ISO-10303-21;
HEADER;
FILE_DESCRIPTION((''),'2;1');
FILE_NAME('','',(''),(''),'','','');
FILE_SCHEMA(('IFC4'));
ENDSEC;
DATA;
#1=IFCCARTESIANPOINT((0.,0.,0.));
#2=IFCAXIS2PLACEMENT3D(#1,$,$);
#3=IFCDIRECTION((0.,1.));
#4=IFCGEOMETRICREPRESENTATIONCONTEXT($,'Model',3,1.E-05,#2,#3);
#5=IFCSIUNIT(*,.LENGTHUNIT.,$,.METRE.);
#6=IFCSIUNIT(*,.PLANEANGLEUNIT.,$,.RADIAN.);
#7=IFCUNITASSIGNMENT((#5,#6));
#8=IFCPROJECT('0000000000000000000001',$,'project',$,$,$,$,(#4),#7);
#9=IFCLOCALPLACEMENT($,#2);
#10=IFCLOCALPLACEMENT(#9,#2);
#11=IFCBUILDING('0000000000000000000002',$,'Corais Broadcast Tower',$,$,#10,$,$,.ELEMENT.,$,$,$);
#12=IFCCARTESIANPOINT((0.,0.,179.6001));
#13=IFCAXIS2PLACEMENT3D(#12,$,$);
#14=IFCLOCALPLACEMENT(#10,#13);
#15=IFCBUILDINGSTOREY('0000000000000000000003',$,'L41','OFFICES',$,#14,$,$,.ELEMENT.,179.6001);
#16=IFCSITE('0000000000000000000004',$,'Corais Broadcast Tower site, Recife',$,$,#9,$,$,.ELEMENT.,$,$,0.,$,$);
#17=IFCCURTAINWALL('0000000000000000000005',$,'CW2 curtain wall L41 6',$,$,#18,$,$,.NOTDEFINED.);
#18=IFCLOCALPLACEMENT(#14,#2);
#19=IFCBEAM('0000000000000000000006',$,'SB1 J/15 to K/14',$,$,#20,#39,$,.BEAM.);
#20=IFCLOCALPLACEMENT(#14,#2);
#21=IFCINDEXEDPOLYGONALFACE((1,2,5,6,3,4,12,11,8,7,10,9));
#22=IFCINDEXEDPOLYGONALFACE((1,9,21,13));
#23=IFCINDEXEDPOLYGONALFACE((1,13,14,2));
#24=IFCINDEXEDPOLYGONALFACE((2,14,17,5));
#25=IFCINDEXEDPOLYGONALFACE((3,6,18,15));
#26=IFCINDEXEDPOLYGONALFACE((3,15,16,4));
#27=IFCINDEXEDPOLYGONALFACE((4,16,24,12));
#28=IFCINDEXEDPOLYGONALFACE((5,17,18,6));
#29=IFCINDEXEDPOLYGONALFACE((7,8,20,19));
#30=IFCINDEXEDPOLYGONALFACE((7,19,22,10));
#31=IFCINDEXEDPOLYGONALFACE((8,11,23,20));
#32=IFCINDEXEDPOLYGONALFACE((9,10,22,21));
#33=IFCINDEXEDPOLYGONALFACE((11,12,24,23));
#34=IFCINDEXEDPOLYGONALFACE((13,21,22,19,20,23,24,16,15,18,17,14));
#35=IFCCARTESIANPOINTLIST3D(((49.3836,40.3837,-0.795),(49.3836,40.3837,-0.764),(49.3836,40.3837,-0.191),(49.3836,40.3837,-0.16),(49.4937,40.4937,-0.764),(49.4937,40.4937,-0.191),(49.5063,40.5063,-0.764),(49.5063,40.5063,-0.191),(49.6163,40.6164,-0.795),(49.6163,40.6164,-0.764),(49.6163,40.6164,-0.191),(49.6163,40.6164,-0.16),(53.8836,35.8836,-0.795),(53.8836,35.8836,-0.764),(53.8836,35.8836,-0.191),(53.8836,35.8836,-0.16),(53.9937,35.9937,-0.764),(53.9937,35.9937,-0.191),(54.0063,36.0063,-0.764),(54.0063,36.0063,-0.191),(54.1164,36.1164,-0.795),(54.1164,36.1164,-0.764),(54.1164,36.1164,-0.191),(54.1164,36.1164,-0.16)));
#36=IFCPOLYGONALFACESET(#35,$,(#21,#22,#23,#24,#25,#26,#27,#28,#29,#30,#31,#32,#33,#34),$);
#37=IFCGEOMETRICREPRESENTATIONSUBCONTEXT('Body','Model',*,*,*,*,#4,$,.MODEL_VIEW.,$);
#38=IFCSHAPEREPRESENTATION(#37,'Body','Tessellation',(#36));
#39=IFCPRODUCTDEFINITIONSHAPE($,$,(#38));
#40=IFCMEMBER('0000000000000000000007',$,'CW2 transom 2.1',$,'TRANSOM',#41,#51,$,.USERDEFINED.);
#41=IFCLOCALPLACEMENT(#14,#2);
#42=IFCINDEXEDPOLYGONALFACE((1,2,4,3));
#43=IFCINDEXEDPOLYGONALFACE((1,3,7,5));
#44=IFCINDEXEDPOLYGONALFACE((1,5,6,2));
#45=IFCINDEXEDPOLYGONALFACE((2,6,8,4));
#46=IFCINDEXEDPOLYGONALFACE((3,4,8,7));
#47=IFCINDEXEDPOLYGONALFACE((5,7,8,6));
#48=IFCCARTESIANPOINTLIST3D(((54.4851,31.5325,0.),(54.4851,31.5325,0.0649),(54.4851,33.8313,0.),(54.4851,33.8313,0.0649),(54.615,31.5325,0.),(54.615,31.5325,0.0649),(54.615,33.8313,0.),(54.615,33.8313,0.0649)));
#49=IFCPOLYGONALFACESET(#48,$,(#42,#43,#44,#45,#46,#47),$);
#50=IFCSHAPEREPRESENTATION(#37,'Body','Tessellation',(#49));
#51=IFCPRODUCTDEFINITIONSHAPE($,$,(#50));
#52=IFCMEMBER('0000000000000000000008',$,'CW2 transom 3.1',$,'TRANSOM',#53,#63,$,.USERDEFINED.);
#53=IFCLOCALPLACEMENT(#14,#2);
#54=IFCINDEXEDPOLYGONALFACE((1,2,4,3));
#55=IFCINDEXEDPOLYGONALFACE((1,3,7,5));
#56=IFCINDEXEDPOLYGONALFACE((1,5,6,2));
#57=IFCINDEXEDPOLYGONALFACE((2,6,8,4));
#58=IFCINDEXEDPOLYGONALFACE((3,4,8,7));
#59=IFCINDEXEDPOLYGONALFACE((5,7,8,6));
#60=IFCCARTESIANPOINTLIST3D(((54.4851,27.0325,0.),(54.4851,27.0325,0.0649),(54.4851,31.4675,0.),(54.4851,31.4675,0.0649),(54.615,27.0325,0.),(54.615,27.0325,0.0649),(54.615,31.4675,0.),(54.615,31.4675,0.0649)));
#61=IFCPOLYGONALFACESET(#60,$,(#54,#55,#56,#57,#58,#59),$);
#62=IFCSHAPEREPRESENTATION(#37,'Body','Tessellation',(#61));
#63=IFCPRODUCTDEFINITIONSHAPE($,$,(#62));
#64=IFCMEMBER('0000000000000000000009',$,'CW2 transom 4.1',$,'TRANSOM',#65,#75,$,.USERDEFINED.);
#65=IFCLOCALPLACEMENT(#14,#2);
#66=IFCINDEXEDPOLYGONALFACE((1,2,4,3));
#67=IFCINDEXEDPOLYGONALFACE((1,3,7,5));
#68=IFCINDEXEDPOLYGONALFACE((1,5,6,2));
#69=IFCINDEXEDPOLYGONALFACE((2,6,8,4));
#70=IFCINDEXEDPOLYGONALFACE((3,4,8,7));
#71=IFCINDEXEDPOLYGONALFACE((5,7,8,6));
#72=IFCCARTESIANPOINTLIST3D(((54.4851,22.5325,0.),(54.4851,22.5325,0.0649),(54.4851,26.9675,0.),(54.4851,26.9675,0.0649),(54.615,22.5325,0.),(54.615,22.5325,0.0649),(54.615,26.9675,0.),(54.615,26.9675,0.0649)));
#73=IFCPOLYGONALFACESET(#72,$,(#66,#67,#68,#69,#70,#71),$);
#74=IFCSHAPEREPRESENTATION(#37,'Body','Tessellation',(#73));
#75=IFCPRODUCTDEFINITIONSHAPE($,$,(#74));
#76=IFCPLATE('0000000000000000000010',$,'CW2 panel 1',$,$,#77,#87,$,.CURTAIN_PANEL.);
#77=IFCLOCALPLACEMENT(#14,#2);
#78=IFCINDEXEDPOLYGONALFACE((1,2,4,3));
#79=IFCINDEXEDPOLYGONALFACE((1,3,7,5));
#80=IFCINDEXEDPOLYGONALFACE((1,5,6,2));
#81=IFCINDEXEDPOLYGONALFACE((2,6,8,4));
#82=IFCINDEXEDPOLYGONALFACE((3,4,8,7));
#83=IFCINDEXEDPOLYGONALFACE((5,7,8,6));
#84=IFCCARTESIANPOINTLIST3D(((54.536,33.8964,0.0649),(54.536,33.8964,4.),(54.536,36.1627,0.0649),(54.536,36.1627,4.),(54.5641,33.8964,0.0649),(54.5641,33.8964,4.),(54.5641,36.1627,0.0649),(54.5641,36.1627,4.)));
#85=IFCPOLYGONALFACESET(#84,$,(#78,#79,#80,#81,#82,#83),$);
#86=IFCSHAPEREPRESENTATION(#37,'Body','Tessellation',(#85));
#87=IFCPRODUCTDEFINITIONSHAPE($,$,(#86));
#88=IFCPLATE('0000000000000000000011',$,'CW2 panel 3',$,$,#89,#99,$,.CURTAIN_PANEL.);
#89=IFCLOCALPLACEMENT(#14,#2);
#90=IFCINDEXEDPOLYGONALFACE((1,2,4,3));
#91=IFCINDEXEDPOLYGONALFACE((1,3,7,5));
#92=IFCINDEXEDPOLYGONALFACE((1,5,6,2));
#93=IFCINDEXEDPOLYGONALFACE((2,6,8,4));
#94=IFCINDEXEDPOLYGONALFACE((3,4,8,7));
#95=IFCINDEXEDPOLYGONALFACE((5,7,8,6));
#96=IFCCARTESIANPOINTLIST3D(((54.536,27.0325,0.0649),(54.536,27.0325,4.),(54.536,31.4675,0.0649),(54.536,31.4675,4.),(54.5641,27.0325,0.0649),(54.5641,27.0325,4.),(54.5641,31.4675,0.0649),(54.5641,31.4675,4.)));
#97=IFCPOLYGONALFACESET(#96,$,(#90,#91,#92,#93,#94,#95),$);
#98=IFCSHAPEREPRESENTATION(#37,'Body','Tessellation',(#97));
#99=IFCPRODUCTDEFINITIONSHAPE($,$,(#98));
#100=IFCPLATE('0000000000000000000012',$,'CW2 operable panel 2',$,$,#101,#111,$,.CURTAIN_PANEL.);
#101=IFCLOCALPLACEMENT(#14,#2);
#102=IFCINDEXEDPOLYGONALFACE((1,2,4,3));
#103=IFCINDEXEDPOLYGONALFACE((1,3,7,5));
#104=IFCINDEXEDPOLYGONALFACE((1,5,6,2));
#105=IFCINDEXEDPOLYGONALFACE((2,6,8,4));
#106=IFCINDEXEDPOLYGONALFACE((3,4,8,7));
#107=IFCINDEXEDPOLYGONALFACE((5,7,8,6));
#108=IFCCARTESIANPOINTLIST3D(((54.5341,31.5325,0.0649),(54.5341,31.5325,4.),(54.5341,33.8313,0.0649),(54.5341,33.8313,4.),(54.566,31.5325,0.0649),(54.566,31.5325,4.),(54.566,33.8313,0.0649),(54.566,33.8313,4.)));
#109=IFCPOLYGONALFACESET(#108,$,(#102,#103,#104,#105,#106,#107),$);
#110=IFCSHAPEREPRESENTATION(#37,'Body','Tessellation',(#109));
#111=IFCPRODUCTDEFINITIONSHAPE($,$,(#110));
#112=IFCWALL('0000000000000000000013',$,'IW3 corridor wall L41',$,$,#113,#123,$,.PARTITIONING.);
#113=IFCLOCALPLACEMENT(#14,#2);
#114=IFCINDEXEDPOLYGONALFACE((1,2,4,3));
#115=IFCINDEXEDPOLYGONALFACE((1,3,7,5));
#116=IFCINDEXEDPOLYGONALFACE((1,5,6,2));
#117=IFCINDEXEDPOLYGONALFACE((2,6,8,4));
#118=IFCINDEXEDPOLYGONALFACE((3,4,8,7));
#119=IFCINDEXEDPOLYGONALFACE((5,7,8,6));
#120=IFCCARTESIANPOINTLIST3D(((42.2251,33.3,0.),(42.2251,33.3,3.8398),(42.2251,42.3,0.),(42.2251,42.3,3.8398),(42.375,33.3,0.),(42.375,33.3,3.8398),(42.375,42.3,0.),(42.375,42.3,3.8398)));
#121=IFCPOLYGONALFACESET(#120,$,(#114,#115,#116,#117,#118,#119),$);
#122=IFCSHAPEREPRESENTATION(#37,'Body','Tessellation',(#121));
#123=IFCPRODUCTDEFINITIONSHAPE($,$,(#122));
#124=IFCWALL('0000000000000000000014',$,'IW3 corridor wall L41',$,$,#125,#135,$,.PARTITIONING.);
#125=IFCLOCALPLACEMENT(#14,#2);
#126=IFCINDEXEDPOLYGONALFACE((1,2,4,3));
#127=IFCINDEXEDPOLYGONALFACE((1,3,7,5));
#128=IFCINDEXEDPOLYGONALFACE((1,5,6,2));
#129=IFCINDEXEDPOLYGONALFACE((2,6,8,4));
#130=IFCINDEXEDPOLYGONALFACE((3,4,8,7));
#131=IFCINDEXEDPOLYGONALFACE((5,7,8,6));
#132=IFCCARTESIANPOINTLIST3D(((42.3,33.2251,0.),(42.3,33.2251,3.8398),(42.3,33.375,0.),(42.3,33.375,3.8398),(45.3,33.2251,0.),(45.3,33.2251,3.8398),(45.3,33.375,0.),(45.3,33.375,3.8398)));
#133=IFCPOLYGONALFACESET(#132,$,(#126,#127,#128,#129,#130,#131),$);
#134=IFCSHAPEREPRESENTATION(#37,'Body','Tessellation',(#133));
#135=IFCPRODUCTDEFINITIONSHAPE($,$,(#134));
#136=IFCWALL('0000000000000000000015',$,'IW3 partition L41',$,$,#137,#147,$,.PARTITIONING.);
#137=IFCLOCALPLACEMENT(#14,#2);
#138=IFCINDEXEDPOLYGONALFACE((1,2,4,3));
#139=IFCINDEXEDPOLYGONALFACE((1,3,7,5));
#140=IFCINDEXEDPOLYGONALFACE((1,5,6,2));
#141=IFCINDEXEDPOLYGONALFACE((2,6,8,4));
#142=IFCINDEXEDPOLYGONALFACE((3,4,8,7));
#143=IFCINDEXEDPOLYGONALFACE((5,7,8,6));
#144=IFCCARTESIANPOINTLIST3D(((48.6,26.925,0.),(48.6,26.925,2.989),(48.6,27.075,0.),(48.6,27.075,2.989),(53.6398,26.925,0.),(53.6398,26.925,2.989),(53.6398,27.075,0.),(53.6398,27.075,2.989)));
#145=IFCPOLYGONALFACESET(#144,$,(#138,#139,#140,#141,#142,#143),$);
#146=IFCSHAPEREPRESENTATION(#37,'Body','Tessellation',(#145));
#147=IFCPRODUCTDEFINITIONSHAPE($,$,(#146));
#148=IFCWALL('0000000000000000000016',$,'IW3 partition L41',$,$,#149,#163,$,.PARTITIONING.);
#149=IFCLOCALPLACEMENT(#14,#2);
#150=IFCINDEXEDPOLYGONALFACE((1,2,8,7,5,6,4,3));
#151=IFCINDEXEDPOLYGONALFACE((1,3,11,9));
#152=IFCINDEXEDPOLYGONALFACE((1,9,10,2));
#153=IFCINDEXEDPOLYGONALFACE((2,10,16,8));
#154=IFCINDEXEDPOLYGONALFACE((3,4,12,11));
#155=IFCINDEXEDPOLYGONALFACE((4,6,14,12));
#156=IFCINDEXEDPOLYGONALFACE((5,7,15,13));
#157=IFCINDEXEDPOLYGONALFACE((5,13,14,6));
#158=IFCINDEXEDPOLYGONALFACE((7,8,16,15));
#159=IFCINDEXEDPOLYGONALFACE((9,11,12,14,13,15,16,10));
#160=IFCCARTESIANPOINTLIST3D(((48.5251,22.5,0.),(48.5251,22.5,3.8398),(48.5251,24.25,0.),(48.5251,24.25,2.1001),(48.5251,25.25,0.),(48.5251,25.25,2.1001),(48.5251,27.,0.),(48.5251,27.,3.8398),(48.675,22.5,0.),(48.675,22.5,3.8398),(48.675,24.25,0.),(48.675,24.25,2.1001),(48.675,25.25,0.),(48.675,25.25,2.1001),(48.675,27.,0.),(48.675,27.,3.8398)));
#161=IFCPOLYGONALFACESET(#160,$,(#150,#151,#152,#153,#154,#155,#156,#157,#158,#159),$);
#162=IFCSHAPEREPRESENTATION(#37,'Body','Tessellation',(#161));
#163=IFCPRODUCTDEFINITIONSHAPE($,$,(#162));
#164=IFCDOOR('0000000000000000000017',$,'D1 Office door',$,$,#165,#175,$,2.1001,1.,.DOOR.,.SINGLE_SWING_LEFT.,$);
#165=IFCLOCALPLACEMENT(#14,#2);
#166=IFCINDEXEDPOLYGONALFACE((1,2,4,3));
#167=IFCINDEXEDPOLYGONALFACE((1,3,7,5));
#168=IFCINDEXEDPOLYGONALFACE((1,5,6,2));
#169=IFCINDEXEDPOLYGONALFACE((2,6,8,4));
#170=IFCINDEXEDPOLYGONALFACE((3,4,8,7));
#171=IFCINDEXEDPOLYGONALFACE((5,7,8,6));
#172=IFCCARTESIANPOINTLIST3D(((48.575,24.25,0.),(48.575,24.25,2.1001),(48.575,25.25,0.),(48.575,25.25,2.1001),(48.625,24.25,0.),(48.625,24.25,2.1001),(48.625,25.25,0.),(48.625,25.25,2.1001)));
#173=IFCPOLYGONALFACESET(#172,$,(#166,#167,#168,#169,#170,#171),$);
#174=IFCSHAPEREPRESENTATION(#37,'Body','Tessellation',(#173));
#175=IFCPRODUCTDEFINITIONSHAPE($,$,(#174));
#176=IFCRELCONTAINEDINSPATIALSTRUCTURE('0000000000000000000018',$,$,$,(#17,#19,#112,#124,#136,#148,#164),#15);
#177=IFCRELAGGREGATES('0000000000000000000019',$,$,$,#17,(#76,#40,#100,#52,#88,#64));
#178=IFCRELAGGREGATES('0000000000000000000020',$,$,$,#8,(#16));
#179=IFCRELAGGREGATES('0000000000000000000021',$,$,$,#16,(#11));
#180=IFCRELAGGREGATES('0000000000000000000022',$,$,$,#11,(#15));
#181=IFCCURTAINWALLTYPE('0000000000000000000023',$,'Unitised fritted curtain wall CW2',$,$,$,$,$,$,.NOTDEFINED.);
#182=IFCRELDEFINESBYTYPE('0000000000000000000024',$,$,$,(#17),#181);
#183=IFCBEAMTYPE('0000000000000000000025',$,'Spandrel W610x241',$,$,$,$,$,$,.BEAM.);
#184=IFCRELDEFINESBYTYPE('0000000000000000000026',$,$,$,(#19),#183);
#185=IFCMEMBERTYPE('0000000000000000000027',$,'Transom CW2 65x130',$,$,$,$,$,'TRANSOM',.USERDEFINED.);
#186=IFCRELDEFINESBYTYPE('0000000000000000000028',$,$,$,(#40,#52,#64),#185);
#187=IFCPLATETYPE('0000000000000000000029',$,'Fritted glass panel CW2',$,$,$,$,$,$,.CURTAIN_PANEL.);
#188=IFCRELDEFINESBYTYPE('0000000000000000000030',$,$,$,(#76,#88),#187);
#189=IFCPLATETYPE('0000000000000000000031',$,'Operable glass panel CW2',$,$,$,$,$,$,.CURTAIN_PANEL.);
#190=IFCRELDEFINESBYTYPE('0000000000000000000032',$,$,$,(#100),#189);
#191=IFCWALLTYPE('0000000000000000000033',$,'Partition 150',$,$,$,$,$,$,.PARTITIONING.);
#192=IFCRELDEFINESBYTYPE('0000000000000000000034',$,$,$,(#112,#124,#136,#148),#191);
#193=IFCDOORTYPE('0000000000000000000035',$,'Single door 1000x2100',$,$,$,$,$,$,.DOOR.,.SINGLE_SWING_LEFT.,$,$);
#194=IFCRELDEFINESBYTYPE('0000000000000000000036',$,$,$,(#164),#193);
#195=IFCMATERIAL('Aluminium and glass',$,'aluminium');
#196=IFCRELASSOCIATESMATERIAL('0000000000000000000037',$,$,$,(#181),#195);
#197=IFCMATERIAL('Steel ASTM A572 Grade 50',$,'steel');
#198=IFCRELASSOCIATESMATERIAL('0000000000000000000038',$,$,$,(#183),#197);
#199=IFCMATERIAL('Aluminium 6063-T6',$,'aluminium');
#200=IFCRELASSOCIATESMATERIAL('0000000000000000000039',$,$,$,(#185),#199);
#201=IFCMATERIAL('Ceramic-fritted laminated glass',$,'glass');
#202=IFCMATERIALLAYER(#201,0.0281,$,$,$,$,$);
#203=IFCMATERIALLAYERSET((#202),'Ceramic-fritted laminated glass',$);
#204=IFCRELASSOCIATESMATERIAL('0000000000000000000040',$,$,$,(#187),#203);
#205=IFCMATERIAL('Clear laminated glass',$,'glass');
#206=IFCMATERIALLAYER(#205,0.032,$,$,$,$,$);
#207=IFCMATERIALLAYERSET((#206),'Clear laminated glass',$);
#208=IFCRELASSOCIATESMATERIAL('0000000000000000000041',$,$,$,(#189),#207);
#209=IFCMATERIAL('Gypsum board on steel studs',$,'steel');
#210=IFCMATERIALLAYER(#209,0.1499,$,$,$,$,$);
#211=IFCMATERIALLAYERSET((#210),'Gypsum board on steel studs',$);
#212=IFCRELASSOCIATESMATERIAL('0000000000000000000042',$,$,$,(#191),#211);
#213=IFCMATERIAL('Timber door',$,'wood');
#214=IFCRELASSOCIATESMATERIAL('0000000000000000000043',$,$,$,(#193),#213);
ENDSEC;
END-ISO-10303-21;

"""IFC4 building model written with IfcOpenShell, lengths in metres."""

from ifc_helpers import new_model, si_unit, direction, frame, frame_2d, origin, origin_2d, place, context, subcontext, project, spatial, rectangle, i_section, extrude, material, layer, layer_set, material_profile, profile_set, type_object, element, fill, aggregate, save


model = new_model("IFC4")

# Units and contexts
model_context = context("Model", 3, precision=1e-05, world=origin(), true_north=direction((0.0, 1.0)))
body_context = subcontext(model_context, "Body", "Model", "MODEL_VIEW")
ifc_project = project(units=[si_unit("LENGTHUNIT", "METRE"), si_unit("PLANEANGLEUNIT", "RADIAN")], contexts=[model_context])

# Site, building, storey
site_placement = place(None, origin())
site = spatial("IfcSite", under=ifc_project, at=site_placement, Name="Corais Broadcast Tower site, Recife", CompositionType="ELEMENT", RefElevation=0.0)
building_placement = place(site_placement, origin())
building = spatial("IfcBuilding", under=site, at=building_placement, Name="Corais Broadcast Tower", CompositionType="ELEMENT")
storey_placement = place(building_placement, frame((0.0, 0.0, 179.6001)))
storey = spatial("IfcBuildingStorey", under=building, at=storey_placement, Name="L41", Description="OFFICES", CompositionType="ELEMENT", Elevation=179.6001)

# Curtain wall
ifc_material_1 = material(Name="Aluminium and glass", Category="aluminium")
curtain_wall_type = type_object("IfcCurtainWallType", Name="Unitised fritted curtain wall CW2", PredefinedType="NOTDEFINED", material=ifc_material_1)
curtain_wall_placement = place(storey_placement, origin())
curtain_wall = element("IfcCurtainWall", 1, at=curtain_wall_placement, inside=storey, type_object=curtain_wall_type, Name="CW2 curtain wall L41 6", PredefinedType="NOTDEFINED")

# Beam
ifc_material_2 = material(Name="Steel ASTM A572 Grade 50", Category="steel")
ifc_material_profile_1 = material_profile(ifc_material_2, i_section(OverallWidth=0.3291, OverallDepth=0.635, WebThickness=0.0178, FlangeThickness=0.031, at=origin_2d()), Name="W610x241")
ifc_profile_set_1 = profile_set([ifc_material_profile_1], Name="Steel ASTM A572 Grade 50")
beam_type_1 = type_object("IfcBeamType", Name="Spandrel W610x241", PredefinedType="BEAM", material=ifc_profile_set_1)
beam_placement = place(storey_placement, frame((54.0, 36.0, -0.4775), z_axis=(-0.707107, 0.707107, 0.0), x_axis=(-0.707107, -0.707107, 0.0)))
element("IfcBeam", 2, at=beam_placement, inside=storey, type_object=beam_type_1, Name="SB1 J/15 to K/14", PredefinedType="BEAM", context=body_context, shape_type="SweptSolid", body=[
    extrude(i_section(OverallWidth=0.3291, OverallDepth=0.635, WebThickness=0.0178, FlangeThickness=0.031, at=origin_2d()), origin(), (0.0, 0.0, 1.0), 6.364),
])

# Members
ifc_material_3 = material(Name="Aluminium 6063-T6", Category="aluminium")
ifc_material_profile_2 = material_profile(ifc_material_3, rectangle(XDim=0.1299, YDim=0.0649, at=origin_2d()), Name="Transom CW2 65x130")
ifc_profile_set_2 = profile_set([ifc_material_profile_2], Name="Aluminium 6063-T6")
member_type_1 = type_object("IfcMemberType", Name="Transom CW2 65x130", ElementType="TRANSOM", PredefinedType="USERDEFINED", material=ifc_profile_set_2)
member_1_placement = place(storey_placement, frame((54.55, 33.8313, 0.0325), z_axis=(0.0, -1.0, 0.0), x_axis=(1.0, 0.0, 0.0)))
member_1 = element("IfcMember", 3, at=member_1_placement, type_object=member_type_1, Name="CW2 transom 2.1", ObjectType="TRANSOM", PredefinedType="USERDEFINED", context=body_context, shape_type="SweptSolid", body=[
    extrude(rectangle(XDim=0.1299, YDim=0.0649, at=origin_2d()), origin(), (0.0, 0.0, 1.0), 2.2988),
])
member_2_placement = place(storey_placement, frame((54.55, 31.4675, 0.0325), z_axis=(0.0, -1.0, 0.0), x_axis=(1.0, 0.0, 0.0)))
member_2 = element("IfcMember", 4, at=member_2_placement, type_object=member_type_1, Name="CW2 transom 3.1", ObjectType="TRANSOM", PredefinedType="USERDEFINED", context=body_context, shape_type="SweptSolid", body=[
    extrude(rectangle(XDim=0.1299, YDim=0.0649, at=origin_2d()), origin(), (0.0, 0.0, 1.0), 4.4351),
])
member_3_placement = place(storey_placement, frame((54.55, 26.9675, 0.0325), z_axis=(0.0, -1.0, 0.0), x_axis=(1.0, 0.0, 0.0)))
member_3 = element("IfcMember", 5, at=member_3_placement, type_object=member_type_1, Name="CW2 transom 4.1", ObjectType="TRANSOM", PredefinedType="USERDEFINED", context=body_context, shape_type="SweptSolid", body=[
    extrude(rectangle(XDim=0.1299, YDim=0.0649, at=origin_2d()), origin(), (0.0, 0.0, 1.0), 4.4351),
])

# Plates
ifc_material_4 = material(Name="Ceramic-fritted laminated glass", Category="glass")
ifc_layer_1 = layer(ifc_material_4, 0.0281)
ifc_layer_set_1 = layer_set([ifc_layer_1], Name="Ceramic-fritted laminated glass")
plate_type_1 = type_object("IfcPlateType", Name="Fritted glass panel CW2", PredefinedType="CURTAIN_PANEL", material=ifc_layer_set_1)
plate_1_placement = place(storey_placement, frame((54.55, 35.0295, 0.0649), z_axis=(0.0, 0.0, 1.0), x_axis=(0.0, -1.0, 0.0)))
plate_1 = element("IfcPlate", 6, at=plate_1_placement, type_object=plate_type_1, Name="CW2 panel 1", PredefinedType="CURTAIN_PANEL", context=body_context, shape_type="SweptSolid", body=[
    extrude(rectangle(XDim=2.2664, YDim=0.0281, at=origin_2d()), origin(), (0.0, 0.0, 1.0), 3.9351),
])
plate_2_placement = place(storey_placement, frame((54.55, 29.25, 0.0649), z_axis=(0.0, 0.0, 1.0), x_axis=(0.0, -1.0, 0.0)))
plate_2 = element("IfcPlate", 7, at=plate_2_placement, type_object=plate_type_1, Name="CW2 panel 3", PredefinedType="CURTAIN_PANEL", context=body_context, shape_type="SweptSolid", body=[
    extrude(rectangle(XDim=4.4351, YDim=0.0281, at=origin_2d()), origin(), (0.0, 0.0, 1.0), 3.9351),
])
ifc_material_5 = material(Name="Clear laminated glass", Category="glass")
ifc_layer_2 = layer(ifc_material_5, 0.032)
ifc_layer_set_2 = layer_set([ifc_layer_2], Name="Clear laminated glass")
plate_type_2 = type_object("IfcPlateType", Name="Operable glass panel CW2", PredefinedType="CURTAIN_PANEL", material=ifc_layer_set_2)
plate_3_placement = place(storey_placement, frame((54.55, 32.6819, 0.0649), z_axis=(0.0, 0.0, 1.0), x_axis=(0.0, -1.0, 0.0)))
plate_3 = element("IfcPlate", 8, at=plate_3_placement, type_object=plate_type_2, Name="CW2 operable panel 2", PredefinedType="CURTAIN_PANEL", context=body_context, shape_type="SweptSolid", body=[
    extrude(rectangle(XDim=2.2988, YDim=0.032, at=origin_2d()), origin(), (0.0, 0.0, 1.0), 3.9351),
])
aggregate(curtain_wall, [plate_1, member_1, plate_3, member_2, plate_2, member_3])

# Walls
ifc_material_6 = material(Name="Gypsum board on steel studs", Category="steel")
ifc_layer_3 = layer(ifc_material_6, 0.1499)
ifc_layer_set_3 = layer_set([ifc_layer_3], Name="Gypsum board on steel studs")
wall_type = type_object("IfcWallType", Name="Partition 150", PredefinedType="PARTITIONING", material=ifc_layer_set_3)
wall_1_placement = place(storey_placement, frame((42.3, 33.3, 0.0), z_axis=(0.0, 0.0, 1.0), x_axis=(0.0, 1.0, 0.0)))
element("IfcWall", 9, at=wall_1_placement, inside=storey, type_object=wall_type, Name="IW3 corridor wall L41", PredefinedType="PARTITIONING", context=body_context, shape_type="SweptSolid", body=[
    extrude(rectangle(XDim=9.0, YDim=0.1499, at=frame_2d((4.5, 0.0))), origin(), (0.0, 0.0, 1.0), 3.8398),
])
wall_2_placement = place(storey_placement, frame((45.3, 33.3, 0.0), z_axis=(0.0, 0.0, 1.0), x_axis=(-1.0, 0.0, 0.0)))
element("IfcWall", 10, at=wall_2_placement, inside=storey, type_object=wall_type, Name="IW3 corridor wall L41", PredefinedType="PARTITIONING", context=body_context, shape_type="SweptSolid", body=[
    extrude(rectangle(XDim=3.0, YDim=0.1499, at=frame_2d((1.5, 0.0))), origin(), (0.0, 0.0, 1.0), 3.8398),
])
wall_3_placement = place(storey_placement, frame((53.6399, 27.0, 0.0), z_axis=(0.0, 0.0, 1.0), x_axis=(-1.0, 0.0, 0.0)))
element("IfcWall", 11, at=wall_3_placement, inside=storey, type_object=wall_type, Name="IW3 partition L41", PredefinedType="PARTITIONING", context=body_context, shape_type="SweptSolid", body=[
    extrude(rectangle(XDim=5.0398, YDim=0.1499, at=frame_2d((2.52, 0.0))), origin(), (0.0, 0.0, 1.0), 2.989),
])

# Wall, opening, door
wall_4_placement = place(storey_placement, frame((48.6001, 27.0, 0.0), z_axis=(0.0, 0.0, 1.0), x_axis=(0.0, -1.0, 0.0)))
wall_4 = element("IfcWall", 12, at=wall_4_placement, inside=storey, type_object=wall_type, Name="IW3 partition L41", PredefinedType="PARTITIONING", context=body_context, shape_type="SweptSolid", body=[
    extrude(rectangle(XDim=4.5, YDim=0.1499, at=frame_2d((2.25, 0.0))), origin(), (0.0, 0.0, 1.0), 3.8398),
])
opening_1_placement = place(wall_4_placement, frame((1.75, 0.0, 0.0)))
opening_1 = element("IfcOpeningElement", 13, at=opening_1_placement, cuts=wall_4, PredefinedType="OPENING", context=body_context, shape_type="SweptSolid", body=[
    extrude(rectangle(XDim=1.0, YDim=2.1001, at=frame_2d((0.5, 1.05))), frame((0.0, 0.085, 0.0), z_axis=(0.0, -1.0, 0.0), x_axis=(1.0, 0.0, 0.0)), (0.0, 0.0, 1.0), 0.1699),
])
ifc_material_7 = material(Name="Timber door", Category="wood")
door_type = type_object("IfcDoorType", Name="Single door 1000x2100", OperationType="SINGLE_SWING_LEFT", PredefinedType="DOOR", material=ifc_material_7)
door_1_placement = place(opening_1_placement, origin())
door_1 = element("IfcDoor", 14, at=door_1_placement, inside=storey, type_object=door_type, Name="D1 Office door", OperationType="SINGLE_SWING_LEFT", OverallHeight=2.1001, OverallWidth=1.0, PredefinedType="DOOR", context=body_context, shape_type="SweptSolid", body=[
    extrude(rectangle(XDim=1.0, YDim=2.1001, at=frame_2d((0.5, 1.05))), frame((0.0, 0.0249, 0.0), z_axis=(0.0, -1.0, 0.0), x_axis=(1.0, 0.0, 0.0)), (0.0, 0.0, 1.0), 0.05),
])
fill(opening_1, door_1)

save(model, "model.ifc")
